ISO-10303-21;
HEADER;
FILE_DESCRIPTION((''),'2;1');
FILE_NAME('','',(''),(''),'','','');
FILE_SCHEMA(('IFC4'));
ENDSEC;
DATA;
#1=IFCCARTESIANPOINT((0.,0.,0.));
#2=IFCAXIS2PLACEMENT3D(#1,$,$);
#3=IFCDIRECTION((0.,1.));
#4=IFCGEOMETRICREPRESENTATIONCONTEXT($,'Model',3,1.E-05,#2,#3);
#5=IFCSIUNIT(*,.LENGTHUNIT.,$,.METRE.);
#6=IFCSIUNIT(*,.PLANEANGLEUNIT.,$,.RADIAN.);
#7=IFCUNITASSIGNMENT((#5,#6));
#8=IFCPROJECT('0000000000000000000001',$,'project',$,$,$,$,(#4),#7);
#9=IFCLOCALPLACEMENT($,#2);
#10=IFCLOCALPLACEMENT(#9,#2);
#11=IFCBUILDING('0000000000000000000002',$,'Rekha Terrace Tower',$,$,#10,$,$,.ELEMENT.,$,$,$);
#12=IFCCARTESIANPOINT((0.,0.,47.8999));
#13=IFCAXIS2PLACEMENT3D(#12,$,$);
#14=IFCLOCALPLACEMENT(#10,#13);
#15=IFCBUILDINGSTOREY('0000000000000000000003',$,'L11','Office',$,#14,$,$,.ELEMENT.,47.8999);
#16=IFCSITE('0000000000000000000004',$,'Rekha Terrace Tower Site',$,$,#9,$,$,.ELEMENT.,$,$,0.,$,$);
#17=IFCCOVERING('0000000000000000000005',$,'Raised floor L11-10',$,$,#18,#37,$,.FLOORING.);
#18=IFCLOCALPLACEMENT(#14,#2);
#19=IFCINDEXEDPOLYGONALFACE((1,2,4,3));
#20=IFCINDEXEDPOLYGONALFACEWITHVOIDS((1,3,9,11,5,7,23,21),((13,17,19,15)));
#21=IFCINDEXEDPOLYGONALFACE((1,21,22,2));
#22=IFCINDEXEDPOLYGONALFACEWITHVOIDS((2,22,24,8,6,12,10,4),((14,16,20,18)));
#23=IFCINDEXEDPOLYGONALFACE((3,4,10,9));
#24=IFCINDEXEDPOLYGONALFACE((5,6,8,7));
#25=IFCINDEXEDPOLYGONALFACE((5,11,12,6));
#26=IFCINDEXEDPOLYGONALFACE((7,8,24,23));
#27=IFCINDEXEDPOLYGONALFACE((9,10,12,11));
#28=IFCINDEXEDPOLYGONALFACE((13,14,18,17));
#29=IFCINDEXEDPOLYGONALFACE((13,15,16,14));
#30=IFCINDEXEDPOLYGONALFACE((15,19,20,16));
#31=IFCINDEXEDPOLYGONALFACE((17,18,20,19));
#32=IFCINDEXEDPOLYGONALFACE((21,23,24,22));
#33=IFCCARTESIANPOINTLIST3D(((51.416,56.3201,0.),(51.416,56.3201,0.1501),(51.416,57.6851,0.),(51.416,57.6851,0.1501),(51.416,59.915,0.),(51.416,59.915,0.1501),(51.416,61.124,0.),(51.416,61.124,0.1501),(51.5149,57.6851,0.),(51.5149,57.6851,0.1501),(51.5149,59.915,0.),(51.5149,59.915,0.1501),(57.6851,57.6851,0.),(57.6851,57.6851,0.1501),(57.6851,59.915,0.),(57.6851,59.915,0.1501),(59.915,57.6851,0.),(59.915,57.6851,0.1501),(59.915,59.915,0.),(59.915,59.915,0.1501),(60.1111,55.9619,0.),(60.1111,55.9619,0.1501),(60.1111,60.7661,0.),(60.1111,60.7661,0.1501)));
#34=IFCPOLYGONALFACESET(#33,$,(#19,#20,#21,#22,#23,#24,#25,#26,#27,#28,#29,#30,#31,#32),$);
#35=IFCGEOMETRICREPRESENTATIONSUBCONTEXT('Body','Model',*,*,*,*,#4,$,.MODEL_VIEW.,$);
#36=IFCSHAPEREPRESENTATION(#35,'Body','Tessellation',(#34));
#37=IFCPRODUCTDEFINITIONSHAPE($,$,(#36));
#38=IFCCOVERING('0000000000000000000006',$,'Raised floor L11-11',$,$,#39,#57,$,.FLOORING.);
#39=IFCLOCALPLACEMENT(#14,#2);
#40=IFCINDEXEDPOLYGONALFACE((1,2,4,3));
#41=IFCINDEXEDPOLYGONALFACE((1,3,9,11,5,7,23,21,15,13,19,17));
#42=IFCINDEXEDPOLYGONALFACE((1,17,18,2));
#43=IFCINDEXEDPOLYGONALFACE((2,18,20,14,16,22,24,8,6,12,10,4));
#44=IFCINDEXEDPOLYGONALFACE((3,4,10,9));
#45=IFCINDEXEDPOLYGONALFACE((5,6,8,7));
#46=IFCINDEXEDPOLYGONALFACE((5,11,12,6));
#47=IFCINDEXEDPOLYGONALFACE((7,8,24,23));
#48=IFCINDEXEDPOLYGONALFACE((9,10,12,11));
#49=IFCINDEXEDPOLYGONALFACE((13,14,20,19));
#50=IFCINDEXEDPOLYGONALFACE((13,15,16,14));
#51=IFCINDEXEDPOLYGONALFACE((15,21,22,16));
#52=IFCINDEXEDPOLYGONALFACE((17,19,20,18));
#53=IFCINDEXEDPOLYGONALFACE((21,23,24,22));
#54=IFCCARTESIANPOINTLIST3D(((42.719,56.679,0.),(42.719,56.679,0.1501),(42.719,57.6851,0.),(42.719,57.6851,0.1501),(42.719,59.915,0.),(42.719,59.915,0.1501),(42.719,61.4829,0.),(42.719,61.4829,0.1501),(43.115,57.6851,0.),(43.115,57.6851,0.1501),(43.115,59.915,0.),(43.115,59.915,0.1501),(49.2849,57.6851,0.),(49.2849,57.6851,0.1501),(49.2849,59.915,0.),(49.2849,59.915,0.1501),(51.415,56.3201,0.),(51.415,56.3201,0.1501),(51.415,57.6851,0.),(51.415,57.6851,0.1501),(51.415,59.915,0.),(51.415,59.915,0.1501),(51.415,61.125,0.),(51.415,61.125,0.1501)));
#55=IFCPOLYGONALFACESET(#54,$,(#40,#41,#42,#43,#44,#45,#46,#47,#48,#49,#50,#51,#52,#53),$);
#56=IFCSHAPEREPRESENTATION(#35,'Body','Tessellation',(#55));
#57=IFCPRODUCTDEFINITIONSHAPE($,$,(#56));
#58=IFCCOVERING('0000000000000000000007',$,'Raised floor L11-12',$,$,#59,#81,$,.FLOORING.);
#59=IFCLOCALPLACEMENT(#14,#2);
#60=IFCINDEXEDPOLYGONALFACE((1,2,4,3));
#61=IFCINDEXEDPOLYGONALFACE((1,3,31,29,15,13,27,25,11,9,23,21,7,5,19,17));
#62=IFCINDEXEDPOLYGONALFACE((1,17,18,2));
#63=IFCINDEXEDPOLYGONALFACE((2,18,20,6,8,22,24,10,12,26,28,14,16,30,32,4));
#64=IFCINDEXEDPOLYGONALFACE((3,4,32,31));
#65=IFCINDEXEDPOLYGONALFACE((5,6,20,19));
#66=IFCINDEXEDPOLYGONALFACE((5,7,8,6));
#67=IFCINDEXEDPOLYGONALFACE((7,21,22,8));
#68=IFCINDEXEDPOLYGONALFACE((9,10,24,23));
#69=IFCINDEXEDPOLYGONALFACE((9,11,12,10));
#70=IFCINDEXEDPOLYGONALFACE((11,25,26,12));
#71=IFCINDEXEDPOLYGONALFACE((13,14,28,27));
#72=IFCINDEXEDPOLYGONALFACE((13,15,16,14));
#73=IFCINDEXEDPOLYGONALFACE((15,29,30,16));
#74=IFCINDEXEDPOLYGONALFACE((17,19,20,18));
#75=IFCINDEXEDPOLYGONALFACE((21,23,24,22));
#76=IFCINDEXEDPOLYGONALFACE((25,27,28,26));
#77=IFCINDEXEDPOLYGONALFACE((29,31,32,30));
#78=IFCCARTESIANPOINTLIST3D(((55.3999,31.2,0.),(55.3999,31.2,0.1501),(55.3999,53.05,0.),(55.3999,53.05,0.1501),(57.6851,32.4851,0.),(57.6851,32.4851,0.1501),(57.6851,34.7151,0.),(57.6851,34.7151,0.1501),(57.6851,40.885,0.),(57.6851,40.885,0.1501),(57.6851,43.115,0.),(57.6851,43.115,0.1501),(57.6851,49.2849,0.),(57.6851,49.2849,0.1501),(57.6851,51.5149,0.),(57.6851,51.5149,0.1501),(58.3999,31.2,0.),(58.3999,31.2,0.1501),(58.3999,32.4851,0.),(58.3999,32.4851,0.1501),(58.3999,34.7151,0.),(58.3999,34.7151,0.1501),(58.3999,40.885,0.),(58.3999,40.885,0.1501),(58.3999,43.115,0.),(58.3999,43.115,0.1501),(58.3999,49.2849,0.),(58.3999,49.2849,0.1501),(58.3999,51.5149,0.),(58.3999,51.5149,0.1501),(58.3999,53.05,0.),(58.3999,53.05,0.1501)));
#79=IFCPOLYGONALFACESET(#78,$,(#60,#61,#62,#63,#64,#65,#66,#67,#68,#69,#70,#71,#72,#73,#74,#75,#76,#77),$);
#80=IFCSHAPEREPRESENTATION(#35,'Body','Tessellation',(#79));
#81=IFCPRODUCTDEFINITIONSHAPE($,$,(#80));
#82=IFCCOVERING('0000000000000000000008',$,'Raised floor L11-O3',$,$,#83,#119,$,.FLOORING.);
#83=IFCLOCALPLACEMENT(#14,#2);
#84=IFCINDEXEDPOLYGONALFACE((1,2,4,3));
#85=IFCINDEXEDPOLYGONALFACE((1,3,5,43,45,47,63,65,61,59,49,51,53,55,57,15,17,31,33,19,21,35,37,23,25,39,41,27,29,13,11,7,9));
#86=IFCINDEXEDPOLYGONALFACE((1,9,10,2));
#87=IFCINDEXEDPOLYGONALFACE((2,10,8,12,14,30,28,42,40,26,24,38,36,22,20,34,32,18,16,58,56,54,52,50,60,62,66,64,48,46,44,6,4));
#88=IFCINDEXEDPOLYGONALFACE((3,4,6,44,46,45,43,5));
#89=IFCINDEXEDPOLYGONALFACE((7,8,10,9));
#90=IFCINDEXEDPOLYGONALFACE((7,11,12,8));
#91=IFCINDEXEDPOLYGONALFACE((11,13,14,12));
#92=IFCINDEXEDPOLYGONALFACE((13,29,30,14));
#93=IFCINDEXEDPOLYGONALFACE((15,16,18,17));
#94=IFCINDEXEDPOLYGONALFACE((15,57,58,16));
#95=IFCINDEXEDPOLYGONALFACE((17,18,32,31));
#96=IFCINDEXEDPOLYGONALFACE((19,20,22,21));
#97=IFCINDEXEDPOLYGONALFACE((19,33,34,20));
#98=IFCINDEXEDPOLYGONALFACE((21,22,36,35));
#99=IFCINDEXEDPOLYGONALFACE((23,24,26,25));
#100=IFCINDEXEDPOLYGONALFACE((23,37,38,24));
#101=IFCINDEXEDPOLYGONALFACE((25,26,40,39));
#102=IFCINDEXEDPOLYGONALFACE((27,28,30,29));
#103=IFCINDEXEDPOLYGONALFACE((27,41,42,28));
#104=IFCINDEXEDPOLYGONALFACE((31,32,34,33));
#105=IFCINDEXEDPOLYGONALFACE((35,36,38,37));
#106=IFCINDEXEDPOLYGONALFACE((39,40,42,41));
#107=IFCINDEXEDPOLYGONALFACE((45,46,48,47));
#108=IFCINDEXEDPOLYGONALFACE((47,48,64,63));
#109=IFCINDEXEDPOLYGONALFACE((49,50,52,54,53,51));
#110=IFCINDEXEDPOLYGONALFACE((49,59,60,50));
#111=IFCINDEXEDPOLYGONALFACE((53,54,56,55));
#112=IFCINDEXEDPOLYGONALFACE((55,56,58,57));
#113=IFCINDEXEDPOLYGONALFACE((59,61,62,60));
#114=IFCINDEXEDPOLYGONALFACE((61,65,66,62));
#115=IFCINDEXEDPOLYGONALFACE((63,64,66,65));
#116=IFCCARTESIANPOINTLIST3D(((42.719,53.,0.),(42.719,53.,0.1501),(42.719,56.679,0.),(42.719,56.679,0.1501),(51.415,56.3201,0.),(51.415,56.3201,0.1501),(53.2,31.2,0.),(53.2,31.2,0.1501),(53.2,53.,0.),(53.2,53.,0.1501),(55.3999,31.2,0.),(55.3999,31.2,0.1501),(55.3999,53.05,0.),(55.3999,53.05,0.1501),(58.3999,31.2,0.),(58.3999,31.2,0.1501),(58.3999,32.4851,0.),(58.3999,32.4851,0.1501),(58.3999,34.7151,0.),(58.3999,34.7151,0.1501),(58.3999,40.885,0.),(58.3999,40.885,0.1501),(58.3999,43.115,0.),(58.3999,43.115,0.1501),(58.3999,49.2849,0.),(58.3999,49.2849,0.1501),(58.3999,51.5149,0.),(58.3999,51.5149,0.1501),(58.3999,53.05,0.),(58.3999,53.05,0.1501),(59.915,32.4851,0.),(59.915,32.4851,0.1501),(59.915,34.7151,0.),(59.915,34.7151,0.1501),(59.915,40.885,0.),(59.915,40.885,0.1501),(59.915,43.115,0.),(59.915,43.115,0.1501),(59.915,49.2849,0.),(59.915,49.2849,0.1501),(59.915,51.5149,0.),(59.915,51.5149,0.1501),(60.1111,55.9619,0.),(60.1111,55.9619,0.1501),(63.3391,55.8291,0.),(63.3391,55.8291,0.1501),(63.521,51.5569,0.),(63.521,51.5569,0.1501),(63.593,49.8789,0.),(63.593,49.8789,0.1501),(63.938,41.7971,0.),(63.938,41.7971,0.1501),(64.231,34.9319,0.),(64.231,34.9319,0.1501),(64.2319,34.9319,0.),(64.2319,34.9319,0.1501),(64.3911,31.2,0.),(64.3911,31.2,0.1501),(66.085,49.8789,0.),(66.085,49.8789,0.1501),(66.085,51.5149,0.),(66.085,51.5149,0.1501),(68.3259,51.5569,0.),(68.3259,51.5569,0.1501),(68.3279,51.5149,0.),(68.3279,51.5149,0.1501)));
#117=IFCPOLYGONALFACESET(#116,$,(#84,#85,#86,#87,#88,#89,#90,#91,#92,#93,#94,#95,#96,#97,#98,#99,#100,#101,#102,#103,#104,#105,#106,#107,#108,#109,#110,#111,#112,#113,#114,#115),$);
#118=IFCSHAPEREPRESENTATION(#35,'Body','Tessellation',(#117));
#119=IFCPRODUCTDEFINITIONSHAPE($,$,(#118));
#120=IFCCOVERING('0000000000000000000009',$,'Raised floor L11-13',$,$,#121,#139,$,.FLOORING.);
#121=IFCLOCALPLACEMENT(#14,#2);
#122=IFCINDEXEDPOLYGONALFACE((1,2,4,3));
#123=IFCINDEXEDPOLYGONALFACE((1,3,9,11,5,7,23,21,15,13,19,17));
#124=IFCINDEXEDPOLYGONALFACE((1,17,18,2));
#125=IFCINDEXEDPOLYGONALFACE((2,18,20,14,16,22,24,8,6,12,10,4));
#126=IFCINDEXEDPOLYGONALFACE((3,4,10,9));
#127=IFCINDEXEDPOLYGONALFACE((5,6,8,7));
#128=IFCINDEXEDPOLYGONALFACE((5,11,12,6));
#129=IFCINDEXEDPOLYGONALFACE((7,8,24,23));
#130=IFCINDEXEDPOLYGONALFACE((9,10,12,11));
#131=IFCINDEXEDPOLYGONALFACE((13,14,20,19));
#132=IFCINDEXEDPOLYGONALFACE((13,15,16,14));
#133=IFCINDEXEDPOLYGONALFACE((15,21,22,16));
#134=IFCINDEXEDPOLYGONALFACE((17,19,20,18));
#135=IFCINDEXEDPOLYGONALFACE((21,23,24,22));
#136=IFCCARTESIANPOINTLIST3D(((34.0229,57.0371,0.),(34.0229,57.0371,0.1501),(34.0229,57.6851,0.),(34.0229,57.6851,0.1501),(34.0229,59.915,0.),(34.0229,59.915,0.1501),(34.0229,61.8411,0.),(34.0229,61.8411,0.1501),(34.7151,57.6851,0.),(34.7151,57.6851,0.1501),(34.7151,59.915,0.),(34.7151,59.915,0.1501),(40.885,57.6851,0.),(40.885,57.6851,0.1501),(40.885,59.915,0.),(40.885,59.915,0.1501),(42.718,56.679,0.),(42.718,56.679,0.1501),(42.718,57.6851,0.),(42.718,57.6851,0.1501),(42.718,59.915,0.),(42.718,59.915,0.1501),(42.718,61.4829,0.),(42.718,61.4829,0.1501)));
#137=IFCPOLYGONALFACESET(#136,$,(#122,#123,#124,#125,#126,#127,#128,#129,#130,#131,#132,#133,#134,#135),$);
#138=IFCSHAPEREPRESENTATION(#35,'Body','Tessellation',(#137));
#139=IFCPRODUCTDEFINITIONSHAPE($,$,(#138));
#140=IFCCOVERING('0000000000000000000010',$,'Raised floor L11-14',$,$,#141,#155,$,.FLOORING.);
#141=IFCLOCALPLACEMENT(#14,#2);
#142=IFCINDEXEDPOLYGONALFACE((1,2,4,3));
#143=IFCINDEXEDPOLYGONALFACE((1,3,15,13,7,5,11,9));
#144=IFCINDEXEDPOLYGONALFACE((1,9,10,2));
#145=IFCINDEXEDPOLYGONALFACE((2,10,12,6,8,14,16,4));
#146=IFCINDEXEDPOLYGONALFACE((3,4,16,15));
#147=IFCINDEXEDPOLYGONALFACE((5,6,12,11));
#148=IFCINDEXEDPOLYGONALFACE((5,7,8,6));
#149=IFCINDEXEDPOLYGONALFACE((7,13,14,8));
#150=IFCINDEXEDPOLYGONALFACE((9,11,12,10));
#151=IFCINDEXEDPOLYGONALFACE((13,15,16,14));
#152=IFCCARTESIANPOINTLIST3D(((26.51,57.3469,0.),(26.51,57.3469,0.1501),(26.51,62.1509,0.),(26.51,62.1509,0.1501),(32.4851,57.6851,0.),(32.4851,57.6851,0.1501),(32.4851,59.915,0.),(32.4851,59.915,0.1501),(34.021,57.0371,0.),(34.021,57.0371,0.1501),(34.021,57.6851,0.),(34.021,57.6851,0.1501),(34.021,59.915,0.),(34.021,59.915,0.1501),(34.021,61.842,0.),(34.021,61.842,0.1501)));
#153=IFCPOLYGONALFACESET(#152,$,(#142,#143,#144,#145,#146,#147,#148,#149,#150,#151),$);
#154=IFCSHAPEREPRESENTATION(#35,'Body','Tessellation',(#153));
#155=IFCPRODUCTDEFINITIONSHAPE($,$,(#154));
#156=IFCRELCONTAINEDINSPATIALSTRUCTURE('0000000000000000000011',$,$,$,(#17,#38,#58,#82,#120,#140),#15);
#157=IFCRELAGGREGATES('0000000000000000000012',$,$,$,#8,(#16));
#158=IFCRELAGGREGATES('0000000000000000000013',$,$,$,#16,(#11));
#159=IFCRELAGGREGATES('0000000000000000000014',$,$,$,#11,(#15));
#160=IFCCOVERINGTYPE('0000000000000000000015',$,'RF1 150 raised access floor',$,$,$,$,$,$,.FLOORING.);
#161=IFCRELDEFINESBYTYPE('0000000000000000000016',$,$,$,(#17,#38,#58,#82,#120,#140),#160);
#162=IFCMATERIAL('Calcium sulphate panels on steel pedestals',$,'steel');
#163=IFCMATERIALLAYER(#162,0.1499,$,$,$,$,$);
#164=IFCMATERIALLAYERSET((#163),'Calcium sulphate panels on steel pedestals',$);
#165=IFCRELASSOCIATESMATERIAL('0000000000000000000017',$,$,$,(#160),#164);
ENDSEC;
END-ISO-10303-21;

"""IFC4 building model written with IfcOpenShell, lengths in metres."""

from ifc_helpers import new_model, si_unit, direction, frame, origin, place, context, subcontext, project, spatial, polyline, outline, extrude, material, layer, layer_set, type_object, element, save


model = new_model("IFC4")

# Units and contexts
model_context = context("Model", 3, precision=1e-05, world=origin(), true_north=direction((0.0, 1.0)))
body_context = subcontext(model_context, "Body", "Model", "MODEL_VIEW")
ifc_project = project(units=[si_unit("LENGTHUNIT", "METRE"), si_unit("PLANEANGLEUNIT", "RADIAN")], contexts=[model_context])

# Site, building, storey
site_placement = place(None, origin())
site = spatial("IfcSite", under=ifc_project, at=site_placement, Name="Rekha Terrace Tower Site", CompositionType="ELEMENT", RefElevation=0.0)
building_placement = place(site_placement, origin())
building = spatial("IfcBuilding", under=site, at=building_placement, Name="Rekha Terrace Tower", CompositionType="ELEMENT")
storey_placement = place(building_placement, frame((0.0, 0.0, 47.8999)))
storey = spatial("IfcBuildingStorey", under=building, at=storey_placement, Name="L11", Description="Office", CompositionType="ELEMENT", Elevation=47.8999)

# Coverings
ifc_material_1 = material(Name="Calcium sulphate panels on steel pedestals", Category="steel")
ifc_layer_1 = layer(ifc_material_1, 0.1499)
ifc_layer_set_1 = layer_set([ifc_layer_1], Name="Calcium sulphate panels on steel pedestals")
covering_type_1 = type_object("IfcCoveringType", Name="RF1 150 raised access floor", PredefinedType="FLOORING", material=ifc_layer_set_1)
covering_1_placement = place(storey_placement, origin())
element("IfcCovering", 1, at=covering_1_placement, inside=storey, type_object=covering_type_1, Name="Raised floor L11-10", PredefinedType="FLOORING", context=body_context, shape_type="SweptSolid", body=[
    extrude(outline(polyline([(60.1111, 55.9619), (60.1111, 60.7661), (51.416, 61.124), (51.416, 59.915), (51.5149, 59.915), (51.5149, 57.6851), (51.416, 57.6851), (51.416, 56.3201), (60.1111, 55.9619)]), holes=[polyline([(59.915, 57.6851), (57.6851, 57.6851), (57.6851, 59.915), (59.915, 59.915), (59.915, 57.6851)])]), origin(), (0.0, 0.0, 1.0), 0.1501),
])
covering_2_placement = place(storey_placement, origin())
element("IfcCovering", 2, at=covering_2_placement, inside=storey, type_object=covering_type_1, Name="Raised floor L11-11", PredefinedType="FLOORING", context=body_context, shape_type="SweptSolid", body=[
    extrude(outline(polyline([(51.415, 59.915), (51.415, 61.125), (42.719, 61.4829), (42.719, 59.915), (43.115, 59.915), (43.115, 57.6851), (42.719, 57.6851), (42.719, 56.679), (51.415, 56.3201), (51.415, 57.6851), (49.2849, 57.6851), (49.2849, 59.915), (51.415, 59.915)])), origin(), (0.0, 0.0, 1.0), 0.1501),
])
covering_3_placement = place(storey_placement, origin())
element("IfcCovering", 3, at=covering_3_placement, inside=storey, type_object=covering_type_1, Name="Raised floor L11-12", PredefinedType="FLOORING", context=body_context, shape_type="SweptSolid", body=[
    extrude(outline(polyline([(58.3999, 51.5149), (58.3999, 53.05), (55.3999, 53.05), (55.3999, 31.2), (58.3999, 31.2), (58.3999, 32.4851), (57.6851, 32.4851), (57.6851, 34.7151), (58.3999, 34.7151), (58.3999, 40.885), (57.6851, 40.885), (57.6851, 43.115), (58.3999, 43.115), (58.3999, 49.2849), (57.6851, 49.2849), (57.6851, 51.5149), (58.3999, 51.5149)])), origin(), (0.0, 0.0, 1.0), 0.1501),
])
covering_4_placement = place(storey_placement, origin())
element("IfcCovering", 4, at=covering_4_placement, inside=storey, type_object=covering_type_1, Name="Raised floor L11-O3", PredefinedType="FLOORING", context=body_context, shape_type="SweptSolid", body=[
    extrude(outline(polyline([(60.1111, 55.9619), (51.415, 56.3201), (42.719, 56.679), (42.719, 53.0), (53.2, 53.0), (53.2, 31.2), (55.3999, 31.2), (55.3999, 53.05), (58.3999, 53.05), (58.3999, 51.5149), (59.915, 51.5149), (59.915, 49.2849), (58.3999, 49.2849), (58.3999, 43.115), (59.915, 43.115), (59.915, 40.885), (58.3999, 40.885), (58.3999, 34.7151), (59.915, 34.7151), (59.915, 32.4851), (58.3999, 32.4851), (58.3999, 31.2), (64.3911, 31.2), (64.2319, 34.9319), (64.231, 34.9319), (63.938, 41.7971), (63.593, 49.8789), (66.085, 49.8789), (66.085, 51.5149), (68.3279, 51.5149), (68.3259, 51.5569), (63.521, 51.5569), (63.3391, 55.8291), (60.1111, 55.9619)])), origin(), (0.0, 0.0, 1.0), 0.1501),
])
covering_5_placement = place(storey_placement, origin())
element("IfcCovering", 5, at=covering_5_placement, inside=storey, type_object=covering_type_1, Name="Raised floor L11-13", PredefinedType="FLOORING", context=body_context, shape_type="SweptSolid", body=[
    extrude(outline(polyline([(34.7151, 57.6851), (34.0229, 57.6851), (34.0229, 57.0371), (42.718, 56.679), (42.718, 57.6851), (40.885, 57.6851), (40.885, 59.915), (42.718, 59.915), (42.718, 61.4829), (34.0229, 61.8411), (34.0229, 59.915), (34.7151, 59.915), (34.7151, 57.6851)])), origin(), (0.0, 0.0, 1.0), 0.1501),
])
covering_6_placement = place(storey_placement, origin())
element("IfcCovering", 6, at=covering_6_placement, inside=storey, type_object=covering_type_1, Name="Raised floor L11-14", PredefinedType="FLOORING", context=body_context, shape_type="SweptSolid", body=[
    extrude(outline(polyline([(34.021, 59.915), (34.021, 61.842), (26.51, 62.1509), (26.51, 57.3469), (34.021, 57.0371), (34.021, 57.6851), (32.4851, 57.6851), (32.4851, 59.915), (34.021, 59.915)])), origin(), (0.0, 0.0, 1.0), 0.1501),
])

save(model, "model.ifc")
